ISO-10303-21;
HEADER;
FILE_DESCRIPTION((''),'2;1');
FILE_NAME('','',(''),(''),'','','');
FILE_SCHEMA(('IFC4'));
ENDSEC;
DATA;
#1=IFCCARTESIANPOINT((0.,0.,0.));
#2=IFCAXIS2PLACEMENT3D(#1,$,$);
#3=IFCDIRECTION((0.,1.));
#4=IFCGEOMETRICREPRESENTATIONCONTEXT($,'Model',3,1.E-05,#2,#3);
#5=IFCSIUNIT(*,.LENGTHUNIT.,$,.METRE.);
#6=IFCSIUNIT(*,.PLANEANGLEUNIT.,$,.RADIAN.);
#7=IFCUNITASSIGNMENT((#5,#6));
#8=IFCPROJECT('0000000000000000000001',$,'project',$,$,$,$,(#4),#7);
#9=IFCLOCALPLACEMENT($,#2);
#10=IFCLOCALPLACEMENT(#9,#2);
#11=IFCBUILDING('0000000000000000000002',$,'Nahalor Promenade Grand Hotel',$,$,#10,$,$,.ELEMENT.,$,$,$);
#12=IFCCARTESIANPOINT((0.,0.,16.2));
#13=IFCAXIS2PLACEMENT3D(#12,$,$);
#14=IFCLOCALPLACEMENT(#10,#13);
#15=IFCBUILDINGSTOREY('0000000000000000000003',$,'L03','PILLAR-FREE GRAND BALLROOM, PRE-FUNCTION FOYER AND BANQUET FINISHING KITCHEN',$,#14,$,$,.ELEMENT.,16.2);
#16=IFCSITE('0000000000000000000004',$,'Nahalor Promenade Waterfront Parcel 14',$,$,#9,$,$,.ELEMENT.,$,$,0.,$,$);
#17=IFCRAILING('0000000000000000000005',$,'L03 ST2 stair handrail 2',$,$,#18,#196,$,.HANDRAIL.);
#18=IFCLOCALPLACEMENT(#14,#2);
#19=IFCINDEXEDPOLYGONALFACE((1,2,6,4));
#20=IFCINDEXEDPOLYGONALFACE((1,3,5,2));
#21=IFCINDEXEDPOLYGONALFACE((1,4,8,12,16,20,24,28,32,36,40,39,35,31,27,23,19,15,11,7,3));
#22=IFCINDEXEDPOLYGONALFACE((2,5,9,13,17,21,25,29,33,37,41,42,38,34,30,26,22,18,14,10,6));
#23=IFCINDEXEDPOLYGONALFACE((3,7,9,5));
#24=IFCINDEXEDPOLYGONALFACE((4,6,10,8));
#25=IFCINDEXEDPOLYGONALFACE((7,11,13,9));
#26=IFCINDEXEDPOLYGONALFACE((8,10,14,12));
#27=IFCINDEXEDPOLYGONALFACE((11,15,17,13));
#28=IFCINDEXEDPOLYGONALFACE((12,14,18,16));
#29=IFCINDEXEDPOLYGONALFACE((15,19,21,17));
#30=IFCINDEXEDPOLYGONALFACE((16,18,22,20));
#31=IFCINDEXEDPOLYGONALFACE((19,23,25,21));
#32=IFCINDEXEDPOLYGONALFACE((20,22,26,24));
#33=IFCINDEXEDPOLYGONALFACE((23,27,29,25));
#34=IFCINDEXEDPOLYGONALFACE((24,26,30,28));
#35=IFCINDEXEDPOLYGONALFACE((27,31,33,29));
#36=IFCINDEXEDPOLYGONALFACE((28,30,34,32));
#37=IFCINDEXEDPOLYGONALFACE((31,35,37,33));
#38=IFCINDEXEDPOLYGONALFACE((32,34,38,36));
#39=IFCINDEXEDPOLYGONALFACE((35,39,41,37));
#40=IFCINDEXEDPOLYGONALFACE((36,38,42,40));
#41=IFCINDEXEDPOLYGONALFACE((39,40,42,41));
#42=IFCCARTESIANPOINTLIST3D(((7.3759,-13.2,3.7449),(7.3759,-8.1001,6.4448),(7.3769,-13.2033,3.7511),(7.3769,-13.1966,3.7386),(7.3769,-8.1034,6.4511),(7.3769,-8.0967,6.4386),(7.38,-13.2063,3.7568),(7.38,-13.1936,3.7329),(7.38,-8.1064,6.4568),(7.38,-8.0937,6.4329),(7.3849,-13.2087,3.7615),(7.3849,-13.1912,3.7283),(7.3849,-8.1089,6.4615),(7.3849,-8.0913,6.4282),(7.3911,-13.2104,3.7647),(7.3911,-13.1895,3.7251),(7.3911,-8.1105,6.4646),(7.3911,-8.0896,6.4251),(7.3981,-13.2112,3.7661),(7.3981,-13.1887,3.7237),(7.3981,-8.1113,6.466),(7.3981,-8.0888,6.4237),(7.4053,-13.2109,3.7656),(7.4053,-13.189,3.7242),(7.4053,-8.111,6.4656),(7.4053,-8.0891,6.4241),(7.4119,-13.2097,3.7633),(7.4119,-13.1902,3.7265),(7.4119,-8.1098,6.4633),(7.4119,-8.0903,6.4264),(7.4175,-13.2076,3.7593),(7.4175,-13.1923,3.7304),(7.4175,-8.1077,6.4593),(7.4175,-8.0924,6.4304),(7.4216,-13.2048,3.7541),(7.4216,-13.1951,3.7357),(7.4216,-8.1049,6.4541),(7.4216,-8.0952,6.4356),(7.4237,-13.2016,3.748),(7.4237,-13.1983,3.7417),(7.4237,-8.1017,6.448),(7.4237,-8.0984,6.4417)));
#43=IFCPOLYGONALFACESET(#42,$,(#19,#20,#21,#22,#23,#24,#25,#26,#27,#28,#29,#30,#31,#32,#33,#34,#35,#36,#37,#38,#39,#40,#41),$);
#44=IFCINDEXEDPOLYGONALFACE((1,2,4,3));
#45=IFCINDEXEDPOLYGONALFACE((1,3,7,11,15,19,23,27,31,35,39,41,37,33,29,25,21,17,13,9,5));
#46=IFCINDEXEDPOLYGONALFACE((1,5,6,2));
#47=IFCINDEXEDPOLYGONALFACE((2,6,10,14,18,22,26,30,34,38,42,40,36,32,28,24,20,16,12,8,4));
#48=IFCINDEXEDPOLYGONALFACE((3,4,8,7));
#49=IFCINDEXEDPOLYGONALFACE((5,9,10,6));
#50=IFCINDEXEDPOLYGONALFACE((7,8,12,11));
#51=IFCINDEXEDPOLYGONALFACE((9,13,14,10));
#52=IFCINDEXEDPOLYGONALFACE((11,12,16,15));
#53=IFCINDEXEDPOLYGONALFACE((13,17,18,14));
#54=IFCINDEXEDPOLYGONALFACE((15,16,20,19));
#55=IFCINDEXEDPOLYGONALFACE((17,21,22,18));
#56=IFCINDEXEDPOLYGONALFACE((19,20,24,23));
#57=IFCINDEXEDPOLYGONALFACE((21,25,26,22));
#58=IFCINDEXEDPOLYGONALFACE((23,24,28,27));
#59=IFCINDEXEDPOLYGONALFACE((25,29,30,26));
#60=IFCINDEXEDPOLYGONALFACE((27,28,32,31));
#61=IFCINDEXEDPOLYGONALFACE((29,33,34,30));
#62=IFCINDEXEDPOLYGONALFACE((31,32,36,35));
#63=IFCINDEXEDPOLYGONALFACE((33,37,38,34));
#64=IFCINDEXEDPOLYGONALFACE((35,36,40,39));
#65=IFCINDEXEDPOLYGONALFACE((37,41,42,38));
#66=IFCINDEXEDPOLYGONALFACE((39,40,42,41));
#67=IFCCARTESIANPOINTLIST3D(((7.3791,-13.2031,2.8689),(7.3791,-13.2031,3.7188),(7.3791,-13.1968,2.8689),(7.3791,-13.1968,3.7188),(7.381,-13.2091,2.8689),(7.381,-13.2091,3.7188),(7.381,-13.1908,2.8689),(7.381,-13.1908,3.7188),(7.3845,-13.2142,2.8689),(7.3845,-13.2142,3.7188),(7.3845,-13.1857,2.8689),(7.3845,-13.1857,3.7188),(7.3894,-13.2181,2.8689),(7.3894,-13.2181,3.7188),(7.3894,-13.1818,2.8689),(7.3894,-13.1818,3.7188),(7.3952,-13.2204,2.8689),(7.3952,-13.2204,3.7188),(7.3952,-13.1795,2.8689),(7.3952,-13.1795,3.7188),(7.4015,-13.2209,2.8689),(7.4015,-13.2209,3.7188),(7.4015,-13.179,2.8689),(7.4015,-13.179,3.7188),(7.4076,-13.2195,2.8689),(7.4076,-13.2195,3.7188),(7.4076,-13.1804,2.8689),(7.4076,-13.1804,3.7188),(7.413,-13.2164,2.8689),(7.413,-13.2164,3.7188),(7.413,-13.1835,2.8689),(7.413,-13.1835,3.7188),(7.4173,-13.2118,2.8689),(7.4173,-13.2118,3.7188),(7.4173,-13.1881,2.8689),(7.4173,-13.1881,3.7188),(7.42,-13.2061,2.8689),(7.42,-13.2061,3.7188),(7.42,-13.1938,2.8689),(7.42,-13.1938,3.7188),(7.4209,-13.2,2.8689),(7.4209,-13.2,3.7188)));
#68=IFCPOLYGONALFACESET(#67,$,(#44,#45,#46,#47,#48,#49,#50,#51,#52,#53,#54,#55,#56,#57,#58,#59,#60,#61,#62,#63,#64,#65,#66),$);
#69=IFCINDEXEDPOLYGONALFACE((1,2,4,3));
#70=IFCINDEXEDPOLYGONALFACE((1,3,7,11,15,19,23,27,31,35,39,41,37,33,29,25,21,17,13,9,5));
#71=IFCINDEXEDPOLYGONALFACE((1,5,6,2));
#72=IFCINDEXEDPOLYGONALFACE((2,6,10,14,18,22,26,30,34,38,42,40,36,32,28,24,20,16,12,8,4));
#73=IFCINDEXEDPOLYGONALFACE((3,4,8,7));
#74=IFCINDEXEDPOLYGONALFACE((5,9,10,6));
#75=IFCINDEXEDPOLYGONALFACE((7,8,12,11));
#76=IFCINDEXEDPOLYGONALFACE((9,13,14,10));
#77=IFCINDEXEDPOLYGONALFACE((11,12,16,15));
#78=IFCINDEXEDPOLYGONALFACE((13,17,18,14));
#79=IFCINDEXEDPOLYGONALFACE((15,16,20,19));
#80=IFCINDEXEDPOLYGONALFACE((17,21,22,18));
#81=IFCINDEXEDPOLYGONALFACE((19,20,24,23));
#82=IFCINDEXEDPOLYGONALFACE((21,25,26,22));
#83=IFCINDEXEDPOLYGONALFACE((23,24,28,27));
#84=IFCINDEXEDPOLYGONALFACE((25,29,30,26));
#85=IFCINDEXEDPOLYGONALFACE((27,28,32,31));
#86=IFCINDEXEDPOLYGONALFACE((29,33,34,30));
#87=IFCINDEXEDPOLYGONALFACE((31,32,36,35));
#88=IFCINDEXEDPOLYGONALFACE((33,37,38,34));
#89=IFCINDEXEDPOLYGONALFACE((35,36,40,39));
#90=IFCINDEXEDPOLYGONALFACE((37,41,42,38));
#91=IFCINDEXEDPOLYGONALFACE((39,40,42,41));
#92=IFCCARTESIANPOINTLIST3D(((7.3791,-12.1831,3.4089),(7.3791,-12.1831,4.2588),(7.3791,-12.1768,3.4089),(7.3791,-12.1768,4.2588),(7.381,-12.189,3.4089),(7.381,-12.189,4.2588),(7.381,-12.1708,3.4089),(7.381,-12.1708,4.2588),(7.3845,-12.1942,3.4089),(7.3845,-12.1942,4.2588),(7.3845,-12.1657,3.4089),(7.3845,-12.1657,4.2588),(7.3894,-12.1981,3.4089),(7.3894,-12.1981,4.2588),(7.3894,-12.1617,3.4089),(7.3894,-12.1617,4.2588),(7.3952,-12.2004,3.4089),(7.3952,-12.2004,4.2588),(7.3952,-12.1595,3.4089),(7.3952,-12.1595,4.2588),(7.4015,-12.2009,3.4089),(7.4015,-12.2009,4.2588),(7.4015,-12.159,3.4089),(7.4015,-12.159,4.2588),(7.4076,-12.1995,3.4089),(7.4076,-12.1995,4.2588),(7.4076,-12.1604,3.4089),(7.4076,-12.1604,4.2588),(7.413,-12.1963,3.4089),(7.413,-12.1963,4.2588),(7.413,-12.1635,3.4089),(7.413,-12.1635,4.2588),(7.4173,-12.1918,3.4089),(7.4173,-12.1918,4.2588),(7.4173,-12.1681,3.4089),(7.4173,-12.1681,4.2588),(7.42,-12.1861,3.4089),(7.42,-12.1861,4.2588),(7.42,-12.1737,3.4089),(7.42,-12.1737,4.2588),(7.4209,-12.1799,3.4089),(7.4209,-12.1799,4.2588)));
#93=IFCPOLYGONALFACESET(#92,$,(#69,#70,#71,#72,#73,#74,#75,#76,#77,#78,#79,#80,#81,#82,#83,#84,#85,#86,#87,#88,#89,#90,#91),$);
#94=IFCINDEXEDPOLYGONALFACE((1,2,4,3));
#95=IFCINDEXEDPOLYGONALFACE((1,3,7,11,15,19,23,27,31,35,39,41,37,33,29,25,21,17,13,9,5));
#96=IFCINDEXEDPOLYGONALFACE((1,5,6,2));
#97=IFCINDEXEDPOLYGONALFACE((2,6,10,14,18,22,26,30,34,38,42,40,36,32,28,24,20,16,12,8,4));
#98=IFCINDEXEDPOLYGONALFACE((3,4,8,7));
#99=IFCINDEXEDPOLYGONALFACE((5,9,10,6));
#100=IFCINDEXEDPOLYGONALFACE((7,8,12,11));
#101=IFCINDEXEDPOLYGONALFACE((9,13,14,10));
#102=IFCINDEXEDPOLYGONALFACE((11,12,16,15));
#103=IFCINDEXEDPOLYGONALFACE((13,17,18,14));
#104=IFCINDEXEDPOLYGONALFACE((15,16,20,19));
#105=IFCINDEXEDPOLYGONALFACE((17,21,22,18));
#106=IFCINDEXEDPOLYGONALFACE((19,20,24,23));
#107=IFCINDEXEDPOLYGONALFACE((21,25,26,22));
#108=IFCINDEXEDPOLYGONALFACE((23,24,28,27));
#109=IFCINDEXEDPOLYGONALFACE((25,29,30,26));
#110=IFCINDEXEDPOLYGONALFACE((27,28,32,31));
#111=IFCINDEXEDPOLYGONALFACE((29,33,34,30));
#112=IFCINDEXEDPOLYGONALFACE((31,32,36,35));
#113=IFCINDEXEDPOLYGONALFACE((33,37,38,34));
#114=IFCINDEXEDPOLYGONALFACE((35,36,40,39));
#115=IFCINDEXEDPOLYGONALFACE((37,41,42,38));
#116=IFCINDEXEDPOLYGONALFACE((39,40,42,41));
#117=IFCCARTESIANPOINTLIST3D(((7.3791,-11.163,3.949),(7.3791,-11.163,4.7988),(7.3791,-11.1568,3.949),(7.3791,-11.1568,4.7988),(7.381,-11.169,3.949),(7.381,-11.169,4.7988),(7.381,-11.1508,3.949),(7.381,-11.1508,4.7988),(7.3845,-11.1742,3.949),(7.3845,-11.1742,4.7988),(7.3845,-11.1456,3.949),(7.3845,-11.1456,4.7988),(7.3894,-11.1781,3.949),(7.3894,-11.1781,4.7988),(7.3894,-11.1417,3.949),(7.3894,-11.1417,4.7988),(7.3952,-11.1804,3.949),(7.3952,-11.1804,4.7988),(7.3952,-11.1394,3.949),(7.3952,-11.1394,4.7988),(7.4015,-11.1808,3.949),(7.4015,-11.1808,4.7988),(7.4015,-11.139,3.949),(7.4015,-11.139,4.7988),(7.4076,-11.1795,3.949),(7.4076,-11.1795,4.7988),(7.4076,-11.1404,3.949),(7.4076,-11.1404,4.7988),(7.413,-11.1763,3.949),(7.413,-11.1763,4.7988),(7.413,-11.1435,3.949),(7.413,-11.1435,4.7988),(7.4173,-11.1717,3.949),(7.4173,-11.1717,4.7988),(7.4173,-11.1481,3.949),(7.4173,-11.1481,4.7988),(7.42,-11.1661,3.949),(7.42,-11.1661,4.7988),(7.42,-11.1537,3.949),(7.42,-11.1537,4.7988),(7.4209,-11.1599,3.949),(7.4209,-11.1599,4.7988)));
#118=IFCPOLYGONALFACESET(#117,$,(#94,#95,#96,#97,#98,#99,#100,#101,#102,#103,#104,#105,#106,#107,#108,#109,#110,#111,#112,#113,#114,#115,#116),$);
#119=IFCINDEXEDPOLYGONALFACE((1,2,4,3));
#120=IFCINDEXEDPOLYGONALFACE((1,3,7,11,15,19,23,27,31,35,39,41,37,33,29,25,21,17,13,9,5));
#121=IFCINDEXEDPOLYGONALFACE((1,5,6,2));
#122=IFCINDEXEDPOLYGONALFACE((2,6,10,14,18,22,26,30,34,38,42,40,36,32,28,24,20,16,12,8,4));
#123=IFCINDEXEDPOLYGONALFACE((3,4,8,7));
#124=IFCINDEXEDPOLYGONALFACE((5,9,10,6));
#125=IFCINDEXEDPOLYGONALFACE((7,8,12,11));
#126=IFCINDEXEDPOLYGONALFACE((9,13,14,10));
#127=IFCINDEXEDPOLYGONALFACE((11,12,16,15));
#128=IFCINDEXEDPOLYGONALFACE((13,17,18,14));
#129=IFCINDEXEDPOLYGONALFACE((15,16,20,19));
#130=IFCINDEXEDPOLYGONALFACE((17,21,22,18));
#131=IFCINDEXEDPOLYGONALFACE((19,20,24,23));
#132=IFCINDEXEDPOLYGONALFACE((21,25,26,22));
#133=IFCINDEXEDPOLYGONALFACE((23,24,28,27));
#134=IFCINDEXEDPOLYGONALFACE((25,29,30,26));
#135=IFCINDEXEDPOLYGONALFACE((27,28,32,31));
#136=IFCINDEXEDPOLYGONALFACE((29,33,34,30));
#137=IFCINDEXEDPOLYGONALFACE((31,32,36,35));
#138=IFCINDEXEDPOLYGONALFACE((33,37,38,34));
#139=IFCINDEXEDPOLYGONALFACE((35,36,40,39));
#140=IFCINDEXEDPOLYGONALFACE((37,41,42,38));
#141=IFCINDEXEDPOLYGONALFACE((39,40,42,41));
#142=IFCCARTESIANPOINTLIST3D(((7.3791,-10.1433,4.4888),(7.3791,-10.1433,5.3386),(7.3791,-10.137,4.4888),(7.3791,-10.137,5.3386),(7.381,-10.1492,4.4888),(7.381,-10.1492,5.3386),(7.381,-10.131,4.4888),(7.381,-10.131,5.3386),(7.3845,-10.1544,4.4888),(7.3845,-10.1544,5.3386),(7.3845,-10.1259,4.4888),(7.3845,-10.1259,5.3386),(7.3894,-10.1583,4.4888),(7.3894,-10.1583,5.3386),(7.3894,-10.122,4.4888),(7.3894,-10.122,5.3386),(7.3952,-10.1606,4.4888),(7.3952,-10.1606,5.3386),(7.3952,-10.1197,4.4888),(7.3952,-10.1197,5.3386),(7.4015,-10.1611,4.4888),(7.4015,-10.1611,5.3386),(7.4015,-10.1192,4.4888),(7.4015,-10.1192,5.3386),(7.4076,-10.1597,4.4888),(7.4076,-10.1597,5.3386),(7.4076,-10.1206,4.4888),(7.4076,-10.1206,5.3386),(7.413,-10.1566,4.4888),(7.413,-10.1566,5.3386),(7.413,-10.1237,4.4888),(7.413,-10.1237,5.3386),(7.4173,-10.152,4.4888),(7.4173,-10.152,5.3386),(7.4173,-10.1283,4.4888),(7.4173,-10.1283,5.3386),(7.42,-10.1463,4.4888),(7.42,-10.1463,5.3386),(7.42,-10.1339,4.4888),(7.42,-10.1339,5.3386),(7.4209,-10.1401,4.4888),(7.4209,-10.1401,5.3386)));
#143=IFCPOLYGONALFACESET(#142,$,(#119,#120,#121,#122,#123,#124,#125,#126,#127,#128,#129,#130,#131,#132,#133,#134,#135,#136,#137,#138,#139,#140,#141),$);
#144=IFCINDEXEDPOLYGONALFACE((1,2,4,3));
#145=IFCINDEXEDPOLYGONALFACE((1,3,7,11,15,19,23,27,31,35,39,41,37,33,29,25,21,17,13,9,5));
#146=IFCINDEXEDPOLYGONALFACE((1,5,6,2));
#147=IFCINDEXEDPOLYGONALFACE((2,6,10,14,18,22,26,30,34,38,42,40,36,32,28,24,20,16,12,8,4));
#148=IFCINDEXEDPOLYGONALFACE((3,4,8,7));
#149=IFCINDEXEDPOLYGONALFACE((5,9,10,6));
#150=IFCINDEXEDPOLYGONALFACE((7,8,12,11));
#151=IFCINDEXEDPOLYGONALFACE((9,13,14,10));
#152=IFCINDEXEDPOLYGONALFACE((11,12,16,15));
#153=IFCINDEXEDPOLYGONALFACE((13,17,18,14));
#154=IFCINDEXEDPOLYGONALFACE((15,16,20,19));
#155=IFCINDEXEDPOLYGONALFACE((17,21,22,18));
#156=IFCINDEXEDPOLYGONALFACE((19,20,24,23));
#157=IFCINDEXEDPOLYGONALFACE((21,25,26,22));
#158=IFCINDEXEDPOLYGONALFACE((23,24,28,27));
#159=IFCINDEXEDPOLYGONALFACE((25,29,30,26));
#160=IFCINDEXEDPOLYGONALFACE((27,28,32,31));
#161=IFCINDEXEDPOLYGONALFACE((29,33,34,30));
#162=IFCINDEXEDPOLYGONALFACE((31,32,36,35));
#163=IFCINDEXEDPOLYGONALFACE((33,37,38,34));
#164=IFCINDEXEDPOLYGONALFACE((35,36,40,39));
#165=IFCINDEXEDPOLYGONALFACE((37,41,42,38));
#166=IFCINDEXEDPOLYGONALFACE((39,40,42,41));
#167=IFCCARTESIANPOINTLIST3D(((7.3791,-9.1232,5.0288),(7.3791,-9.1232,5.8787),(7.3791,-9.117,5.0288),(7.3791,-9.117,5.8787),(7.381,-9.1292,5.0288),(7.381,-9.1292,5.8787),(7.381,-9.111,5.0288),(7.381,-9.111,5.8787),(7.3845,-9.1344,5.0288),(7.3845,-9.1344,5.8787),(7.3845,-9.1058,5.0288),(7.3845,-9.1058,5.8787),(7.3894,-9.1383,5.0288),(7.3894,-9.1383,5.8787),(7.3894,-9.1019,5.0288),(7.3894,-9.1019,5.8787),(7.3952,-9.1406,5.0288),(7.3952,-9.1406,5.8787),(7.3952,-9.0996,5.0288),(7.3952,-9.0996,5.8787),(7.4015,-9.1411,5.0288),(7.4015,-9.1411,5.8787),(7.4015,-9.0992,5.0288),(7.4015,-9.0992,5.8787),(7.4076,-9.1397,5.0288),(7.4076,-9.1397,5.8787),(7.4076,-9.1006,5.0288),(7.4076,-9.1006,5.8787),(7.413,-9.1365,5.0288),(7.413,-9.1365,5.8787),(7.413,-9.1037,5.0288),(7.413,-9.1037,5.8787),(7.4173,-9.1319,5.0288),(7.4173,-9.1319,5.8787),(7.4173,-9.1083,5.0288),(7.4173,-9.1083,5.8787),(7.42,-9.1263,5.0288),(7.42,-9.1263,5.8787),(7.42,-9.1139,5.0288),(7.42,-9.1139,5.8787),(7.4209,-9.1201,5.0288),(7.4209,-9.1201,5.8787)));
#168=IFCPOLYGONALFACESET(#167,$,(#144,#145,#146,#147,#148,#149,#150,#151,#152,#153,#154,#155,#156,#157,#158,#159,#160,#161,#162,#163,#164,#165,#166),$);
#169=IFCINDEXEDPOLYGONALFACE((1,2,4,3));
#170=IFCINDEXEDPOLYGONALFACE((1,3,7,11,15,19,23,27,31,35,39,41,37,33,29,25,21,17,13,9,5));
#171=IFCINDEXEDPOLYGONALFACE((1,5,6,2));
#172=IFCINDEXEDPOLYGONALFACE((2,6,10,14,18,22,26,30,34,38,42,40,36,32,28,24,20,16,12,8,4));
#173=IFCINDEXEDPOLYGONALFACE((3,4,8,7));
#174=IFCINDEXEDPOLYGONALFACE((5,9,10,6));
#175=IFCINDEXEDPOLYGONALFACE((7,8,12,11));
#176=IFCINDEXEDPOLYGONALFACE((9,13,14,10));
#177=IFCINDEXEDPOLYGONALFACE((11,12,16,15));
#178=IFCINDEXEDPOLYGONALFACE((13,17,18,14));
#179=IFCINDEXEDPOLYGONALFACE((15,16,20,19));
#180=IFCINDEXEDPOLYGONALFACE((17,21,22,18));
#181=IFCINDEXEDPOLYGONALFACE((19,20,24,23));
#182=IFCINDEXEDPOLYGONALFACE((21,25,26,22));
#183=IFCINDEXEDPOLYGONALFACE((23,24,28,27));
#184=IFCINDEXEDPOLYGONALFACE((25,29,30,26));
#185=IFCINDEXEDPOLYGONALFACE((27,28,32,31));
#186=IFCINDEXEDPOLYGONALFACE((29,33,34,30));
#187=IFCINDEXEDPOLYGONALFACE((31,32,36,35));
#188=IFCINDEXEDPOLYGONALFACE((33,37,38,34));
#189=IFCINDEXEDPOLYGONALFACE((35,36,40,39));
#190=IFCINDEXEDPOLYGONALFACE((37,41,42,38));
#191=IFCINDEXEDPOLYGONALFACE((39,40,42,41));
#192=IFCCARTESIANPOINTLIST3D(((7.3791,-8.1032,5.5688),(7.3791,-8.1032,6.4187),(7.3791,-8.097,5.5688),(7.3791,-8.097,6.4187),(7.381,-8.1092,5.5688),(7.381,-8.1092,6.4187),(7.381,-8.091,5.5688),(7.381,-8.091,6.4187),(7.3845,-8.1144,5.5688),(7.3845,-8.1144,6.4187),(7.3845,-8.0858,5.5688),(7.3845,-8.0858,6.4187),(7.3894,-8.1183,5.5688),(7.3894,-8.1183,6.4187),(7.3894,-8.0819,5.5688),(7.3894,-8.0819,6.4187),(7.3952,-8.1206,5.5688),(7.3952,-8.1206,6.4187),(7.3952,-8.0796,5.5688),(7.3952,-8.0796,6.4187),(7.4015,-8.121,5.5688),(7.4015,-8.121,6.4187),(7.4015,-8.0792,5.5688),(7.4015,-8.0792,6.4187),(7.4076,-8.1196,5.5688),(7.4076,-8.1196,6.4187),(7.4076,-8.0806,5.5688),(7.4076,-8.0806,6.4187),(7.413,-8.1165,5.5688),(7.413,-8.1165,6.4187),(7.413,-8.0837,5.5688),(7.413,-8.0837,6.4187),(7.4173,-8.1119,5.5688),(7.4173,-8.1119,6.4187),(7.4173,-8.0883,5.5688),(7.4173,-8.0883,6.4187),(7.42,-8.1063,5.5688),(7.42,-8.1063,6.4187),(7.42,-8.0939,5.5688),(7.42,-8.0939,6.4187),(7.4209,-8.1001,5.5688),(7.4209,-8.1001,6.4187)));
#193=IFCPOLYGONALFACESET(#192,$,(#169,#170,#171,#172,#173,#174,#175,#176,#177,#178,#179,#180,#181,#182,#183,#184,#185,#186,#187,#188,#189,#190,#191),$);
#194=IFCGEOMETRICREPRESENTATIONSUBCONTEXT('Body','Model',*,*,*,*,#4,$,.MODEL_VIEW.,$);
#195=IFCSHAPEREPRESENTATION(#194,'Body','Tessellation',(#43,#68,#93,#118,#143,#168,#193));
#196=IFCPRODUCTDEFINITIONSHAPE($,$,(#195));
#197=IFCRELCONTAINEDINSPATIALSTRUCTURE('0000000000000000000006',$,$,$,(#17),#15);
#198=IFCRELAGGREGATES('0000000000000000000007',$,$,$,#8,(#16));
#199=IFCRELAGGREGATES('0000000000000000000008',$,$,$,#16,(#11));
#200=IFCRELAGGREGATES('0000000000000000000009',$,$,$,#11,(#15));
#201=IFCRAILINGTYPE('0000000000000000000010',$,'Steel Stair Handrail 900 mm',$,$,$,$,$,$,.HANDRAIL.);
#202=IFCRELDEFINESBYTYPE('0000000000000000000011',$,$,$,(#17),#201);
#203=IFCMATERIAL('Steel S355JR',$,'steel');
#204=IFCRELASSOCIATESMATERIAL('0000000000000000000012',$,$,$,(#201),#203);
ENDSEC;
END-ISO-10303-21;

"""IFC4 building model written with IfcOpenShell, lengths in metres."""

from ifc_helpers import new_model, si_unit, direction, frame, origin, origin_2d, place, context, subcontext, project, spatial, circle, extrude, material, type_object, element, save


model = new_model("IFC4")

# Units and contexts
model_context = context("Model", 3, precision=1e-05, world=origin(), true_north=direction((0.0, 1.0)))
body_context = subcontext(model_context, "Body", "Model", "MODEL_VIEW")
ifc_project = project(units=[si_unit("LENGTHUNIT", "METRE"), si_unit("PLANEANGLEUNIT", "RADIAN")], contexts=[model_context])

# Site, building, storey
site_placement = place(None, origin())
site = spatial("IfcSite", under=ifc_project, at=site_placement, Name="Nahalor Promenade Waterfront Parcel 14", CompositionType="ELEMENT", RefElevation=0.0)
building_placement = place(site_placement, origin())
building = spatial("IfcBuilding", under=site, at=building_placement, Name="Nahalor Promenade Grand Hotel", CompositionType="ELEMENT")
storey_placement = place(building_placement, frame((0.0, 0.0, 16.2)))
storey = spatial("IfcBuildingStorey", under=building, at=storey_placement, Name="L03", Description="PILLAR-FREE GRAND BALLROOM, PRE-FUNCTION FOYER AND BANQUET FINISHING KITCHEN", CompositionType="ELEMENT", Elevation=16.2)

# Shared definitions
ifc_material_1 = material(Name="Steel S355JR", Category="steel")

# Railing
railing_type_1 = type_object("IfcRailingType", Name="Steel Stair Handrail 900 mm", PredefinedType="HANDRAIL", material=ifc_material_1)
railing_1_placement = place(storey_placement, frame((7.3999, -13.2, 2.8689)))
element("IfcRailing", 1, at=railing_1_placement, inside=storey, type_object=railing_type_1, Name="L03 ST2 stair handrail 2", PredefinedType="HANDRAIL", context=body_context, shape_type="SweptSolid", body=[
    extrude(circle(Radius=0.024, at=origin_2d()), frame((0.0, 0.0, 0.876), z_axis=(0.0, 0.883786, 0.467892), x_axis=(-1.0, 0.0, 0.0)), (0.0, 0.0, 1.0), 5.7705),
    extrude(circle(Radius=0.021, at=origin_2d()), origin(), (0.0, 0.0, 1.0), 0.8499),
    extrude(circle(Radius=0.021, at=origin_2d()), frame((0.0, 1.02, 0.54)), (0.0, 0.0, 1.0), 0.8499),
    extrude(circle(Radius=0.021, at=origin_2d()), frame((0.0, 2.04, 1.0801)), (0.0, 0.0, 1.0), 0.8499),
    extrude(circle(Radius=0.021, at=origin_2d()), frame((0.0, 3.0598, 1.6199)), (0.0, 0.0, 1.0), 0.8499),
    extrude(circle(Radius=0.021, at=origin_2d()), frame((0.0, 4.0798, 2.1599)), (0.0, 0.0, 1.0), 0.8499),
    extrude(circle(Radius=0.021, at=origin_2d()), frame((0.0, 5.0999, 2.7)), (0.0, 0.0, 1.0), 0.8499),
])

save(model, "model.ifc")
